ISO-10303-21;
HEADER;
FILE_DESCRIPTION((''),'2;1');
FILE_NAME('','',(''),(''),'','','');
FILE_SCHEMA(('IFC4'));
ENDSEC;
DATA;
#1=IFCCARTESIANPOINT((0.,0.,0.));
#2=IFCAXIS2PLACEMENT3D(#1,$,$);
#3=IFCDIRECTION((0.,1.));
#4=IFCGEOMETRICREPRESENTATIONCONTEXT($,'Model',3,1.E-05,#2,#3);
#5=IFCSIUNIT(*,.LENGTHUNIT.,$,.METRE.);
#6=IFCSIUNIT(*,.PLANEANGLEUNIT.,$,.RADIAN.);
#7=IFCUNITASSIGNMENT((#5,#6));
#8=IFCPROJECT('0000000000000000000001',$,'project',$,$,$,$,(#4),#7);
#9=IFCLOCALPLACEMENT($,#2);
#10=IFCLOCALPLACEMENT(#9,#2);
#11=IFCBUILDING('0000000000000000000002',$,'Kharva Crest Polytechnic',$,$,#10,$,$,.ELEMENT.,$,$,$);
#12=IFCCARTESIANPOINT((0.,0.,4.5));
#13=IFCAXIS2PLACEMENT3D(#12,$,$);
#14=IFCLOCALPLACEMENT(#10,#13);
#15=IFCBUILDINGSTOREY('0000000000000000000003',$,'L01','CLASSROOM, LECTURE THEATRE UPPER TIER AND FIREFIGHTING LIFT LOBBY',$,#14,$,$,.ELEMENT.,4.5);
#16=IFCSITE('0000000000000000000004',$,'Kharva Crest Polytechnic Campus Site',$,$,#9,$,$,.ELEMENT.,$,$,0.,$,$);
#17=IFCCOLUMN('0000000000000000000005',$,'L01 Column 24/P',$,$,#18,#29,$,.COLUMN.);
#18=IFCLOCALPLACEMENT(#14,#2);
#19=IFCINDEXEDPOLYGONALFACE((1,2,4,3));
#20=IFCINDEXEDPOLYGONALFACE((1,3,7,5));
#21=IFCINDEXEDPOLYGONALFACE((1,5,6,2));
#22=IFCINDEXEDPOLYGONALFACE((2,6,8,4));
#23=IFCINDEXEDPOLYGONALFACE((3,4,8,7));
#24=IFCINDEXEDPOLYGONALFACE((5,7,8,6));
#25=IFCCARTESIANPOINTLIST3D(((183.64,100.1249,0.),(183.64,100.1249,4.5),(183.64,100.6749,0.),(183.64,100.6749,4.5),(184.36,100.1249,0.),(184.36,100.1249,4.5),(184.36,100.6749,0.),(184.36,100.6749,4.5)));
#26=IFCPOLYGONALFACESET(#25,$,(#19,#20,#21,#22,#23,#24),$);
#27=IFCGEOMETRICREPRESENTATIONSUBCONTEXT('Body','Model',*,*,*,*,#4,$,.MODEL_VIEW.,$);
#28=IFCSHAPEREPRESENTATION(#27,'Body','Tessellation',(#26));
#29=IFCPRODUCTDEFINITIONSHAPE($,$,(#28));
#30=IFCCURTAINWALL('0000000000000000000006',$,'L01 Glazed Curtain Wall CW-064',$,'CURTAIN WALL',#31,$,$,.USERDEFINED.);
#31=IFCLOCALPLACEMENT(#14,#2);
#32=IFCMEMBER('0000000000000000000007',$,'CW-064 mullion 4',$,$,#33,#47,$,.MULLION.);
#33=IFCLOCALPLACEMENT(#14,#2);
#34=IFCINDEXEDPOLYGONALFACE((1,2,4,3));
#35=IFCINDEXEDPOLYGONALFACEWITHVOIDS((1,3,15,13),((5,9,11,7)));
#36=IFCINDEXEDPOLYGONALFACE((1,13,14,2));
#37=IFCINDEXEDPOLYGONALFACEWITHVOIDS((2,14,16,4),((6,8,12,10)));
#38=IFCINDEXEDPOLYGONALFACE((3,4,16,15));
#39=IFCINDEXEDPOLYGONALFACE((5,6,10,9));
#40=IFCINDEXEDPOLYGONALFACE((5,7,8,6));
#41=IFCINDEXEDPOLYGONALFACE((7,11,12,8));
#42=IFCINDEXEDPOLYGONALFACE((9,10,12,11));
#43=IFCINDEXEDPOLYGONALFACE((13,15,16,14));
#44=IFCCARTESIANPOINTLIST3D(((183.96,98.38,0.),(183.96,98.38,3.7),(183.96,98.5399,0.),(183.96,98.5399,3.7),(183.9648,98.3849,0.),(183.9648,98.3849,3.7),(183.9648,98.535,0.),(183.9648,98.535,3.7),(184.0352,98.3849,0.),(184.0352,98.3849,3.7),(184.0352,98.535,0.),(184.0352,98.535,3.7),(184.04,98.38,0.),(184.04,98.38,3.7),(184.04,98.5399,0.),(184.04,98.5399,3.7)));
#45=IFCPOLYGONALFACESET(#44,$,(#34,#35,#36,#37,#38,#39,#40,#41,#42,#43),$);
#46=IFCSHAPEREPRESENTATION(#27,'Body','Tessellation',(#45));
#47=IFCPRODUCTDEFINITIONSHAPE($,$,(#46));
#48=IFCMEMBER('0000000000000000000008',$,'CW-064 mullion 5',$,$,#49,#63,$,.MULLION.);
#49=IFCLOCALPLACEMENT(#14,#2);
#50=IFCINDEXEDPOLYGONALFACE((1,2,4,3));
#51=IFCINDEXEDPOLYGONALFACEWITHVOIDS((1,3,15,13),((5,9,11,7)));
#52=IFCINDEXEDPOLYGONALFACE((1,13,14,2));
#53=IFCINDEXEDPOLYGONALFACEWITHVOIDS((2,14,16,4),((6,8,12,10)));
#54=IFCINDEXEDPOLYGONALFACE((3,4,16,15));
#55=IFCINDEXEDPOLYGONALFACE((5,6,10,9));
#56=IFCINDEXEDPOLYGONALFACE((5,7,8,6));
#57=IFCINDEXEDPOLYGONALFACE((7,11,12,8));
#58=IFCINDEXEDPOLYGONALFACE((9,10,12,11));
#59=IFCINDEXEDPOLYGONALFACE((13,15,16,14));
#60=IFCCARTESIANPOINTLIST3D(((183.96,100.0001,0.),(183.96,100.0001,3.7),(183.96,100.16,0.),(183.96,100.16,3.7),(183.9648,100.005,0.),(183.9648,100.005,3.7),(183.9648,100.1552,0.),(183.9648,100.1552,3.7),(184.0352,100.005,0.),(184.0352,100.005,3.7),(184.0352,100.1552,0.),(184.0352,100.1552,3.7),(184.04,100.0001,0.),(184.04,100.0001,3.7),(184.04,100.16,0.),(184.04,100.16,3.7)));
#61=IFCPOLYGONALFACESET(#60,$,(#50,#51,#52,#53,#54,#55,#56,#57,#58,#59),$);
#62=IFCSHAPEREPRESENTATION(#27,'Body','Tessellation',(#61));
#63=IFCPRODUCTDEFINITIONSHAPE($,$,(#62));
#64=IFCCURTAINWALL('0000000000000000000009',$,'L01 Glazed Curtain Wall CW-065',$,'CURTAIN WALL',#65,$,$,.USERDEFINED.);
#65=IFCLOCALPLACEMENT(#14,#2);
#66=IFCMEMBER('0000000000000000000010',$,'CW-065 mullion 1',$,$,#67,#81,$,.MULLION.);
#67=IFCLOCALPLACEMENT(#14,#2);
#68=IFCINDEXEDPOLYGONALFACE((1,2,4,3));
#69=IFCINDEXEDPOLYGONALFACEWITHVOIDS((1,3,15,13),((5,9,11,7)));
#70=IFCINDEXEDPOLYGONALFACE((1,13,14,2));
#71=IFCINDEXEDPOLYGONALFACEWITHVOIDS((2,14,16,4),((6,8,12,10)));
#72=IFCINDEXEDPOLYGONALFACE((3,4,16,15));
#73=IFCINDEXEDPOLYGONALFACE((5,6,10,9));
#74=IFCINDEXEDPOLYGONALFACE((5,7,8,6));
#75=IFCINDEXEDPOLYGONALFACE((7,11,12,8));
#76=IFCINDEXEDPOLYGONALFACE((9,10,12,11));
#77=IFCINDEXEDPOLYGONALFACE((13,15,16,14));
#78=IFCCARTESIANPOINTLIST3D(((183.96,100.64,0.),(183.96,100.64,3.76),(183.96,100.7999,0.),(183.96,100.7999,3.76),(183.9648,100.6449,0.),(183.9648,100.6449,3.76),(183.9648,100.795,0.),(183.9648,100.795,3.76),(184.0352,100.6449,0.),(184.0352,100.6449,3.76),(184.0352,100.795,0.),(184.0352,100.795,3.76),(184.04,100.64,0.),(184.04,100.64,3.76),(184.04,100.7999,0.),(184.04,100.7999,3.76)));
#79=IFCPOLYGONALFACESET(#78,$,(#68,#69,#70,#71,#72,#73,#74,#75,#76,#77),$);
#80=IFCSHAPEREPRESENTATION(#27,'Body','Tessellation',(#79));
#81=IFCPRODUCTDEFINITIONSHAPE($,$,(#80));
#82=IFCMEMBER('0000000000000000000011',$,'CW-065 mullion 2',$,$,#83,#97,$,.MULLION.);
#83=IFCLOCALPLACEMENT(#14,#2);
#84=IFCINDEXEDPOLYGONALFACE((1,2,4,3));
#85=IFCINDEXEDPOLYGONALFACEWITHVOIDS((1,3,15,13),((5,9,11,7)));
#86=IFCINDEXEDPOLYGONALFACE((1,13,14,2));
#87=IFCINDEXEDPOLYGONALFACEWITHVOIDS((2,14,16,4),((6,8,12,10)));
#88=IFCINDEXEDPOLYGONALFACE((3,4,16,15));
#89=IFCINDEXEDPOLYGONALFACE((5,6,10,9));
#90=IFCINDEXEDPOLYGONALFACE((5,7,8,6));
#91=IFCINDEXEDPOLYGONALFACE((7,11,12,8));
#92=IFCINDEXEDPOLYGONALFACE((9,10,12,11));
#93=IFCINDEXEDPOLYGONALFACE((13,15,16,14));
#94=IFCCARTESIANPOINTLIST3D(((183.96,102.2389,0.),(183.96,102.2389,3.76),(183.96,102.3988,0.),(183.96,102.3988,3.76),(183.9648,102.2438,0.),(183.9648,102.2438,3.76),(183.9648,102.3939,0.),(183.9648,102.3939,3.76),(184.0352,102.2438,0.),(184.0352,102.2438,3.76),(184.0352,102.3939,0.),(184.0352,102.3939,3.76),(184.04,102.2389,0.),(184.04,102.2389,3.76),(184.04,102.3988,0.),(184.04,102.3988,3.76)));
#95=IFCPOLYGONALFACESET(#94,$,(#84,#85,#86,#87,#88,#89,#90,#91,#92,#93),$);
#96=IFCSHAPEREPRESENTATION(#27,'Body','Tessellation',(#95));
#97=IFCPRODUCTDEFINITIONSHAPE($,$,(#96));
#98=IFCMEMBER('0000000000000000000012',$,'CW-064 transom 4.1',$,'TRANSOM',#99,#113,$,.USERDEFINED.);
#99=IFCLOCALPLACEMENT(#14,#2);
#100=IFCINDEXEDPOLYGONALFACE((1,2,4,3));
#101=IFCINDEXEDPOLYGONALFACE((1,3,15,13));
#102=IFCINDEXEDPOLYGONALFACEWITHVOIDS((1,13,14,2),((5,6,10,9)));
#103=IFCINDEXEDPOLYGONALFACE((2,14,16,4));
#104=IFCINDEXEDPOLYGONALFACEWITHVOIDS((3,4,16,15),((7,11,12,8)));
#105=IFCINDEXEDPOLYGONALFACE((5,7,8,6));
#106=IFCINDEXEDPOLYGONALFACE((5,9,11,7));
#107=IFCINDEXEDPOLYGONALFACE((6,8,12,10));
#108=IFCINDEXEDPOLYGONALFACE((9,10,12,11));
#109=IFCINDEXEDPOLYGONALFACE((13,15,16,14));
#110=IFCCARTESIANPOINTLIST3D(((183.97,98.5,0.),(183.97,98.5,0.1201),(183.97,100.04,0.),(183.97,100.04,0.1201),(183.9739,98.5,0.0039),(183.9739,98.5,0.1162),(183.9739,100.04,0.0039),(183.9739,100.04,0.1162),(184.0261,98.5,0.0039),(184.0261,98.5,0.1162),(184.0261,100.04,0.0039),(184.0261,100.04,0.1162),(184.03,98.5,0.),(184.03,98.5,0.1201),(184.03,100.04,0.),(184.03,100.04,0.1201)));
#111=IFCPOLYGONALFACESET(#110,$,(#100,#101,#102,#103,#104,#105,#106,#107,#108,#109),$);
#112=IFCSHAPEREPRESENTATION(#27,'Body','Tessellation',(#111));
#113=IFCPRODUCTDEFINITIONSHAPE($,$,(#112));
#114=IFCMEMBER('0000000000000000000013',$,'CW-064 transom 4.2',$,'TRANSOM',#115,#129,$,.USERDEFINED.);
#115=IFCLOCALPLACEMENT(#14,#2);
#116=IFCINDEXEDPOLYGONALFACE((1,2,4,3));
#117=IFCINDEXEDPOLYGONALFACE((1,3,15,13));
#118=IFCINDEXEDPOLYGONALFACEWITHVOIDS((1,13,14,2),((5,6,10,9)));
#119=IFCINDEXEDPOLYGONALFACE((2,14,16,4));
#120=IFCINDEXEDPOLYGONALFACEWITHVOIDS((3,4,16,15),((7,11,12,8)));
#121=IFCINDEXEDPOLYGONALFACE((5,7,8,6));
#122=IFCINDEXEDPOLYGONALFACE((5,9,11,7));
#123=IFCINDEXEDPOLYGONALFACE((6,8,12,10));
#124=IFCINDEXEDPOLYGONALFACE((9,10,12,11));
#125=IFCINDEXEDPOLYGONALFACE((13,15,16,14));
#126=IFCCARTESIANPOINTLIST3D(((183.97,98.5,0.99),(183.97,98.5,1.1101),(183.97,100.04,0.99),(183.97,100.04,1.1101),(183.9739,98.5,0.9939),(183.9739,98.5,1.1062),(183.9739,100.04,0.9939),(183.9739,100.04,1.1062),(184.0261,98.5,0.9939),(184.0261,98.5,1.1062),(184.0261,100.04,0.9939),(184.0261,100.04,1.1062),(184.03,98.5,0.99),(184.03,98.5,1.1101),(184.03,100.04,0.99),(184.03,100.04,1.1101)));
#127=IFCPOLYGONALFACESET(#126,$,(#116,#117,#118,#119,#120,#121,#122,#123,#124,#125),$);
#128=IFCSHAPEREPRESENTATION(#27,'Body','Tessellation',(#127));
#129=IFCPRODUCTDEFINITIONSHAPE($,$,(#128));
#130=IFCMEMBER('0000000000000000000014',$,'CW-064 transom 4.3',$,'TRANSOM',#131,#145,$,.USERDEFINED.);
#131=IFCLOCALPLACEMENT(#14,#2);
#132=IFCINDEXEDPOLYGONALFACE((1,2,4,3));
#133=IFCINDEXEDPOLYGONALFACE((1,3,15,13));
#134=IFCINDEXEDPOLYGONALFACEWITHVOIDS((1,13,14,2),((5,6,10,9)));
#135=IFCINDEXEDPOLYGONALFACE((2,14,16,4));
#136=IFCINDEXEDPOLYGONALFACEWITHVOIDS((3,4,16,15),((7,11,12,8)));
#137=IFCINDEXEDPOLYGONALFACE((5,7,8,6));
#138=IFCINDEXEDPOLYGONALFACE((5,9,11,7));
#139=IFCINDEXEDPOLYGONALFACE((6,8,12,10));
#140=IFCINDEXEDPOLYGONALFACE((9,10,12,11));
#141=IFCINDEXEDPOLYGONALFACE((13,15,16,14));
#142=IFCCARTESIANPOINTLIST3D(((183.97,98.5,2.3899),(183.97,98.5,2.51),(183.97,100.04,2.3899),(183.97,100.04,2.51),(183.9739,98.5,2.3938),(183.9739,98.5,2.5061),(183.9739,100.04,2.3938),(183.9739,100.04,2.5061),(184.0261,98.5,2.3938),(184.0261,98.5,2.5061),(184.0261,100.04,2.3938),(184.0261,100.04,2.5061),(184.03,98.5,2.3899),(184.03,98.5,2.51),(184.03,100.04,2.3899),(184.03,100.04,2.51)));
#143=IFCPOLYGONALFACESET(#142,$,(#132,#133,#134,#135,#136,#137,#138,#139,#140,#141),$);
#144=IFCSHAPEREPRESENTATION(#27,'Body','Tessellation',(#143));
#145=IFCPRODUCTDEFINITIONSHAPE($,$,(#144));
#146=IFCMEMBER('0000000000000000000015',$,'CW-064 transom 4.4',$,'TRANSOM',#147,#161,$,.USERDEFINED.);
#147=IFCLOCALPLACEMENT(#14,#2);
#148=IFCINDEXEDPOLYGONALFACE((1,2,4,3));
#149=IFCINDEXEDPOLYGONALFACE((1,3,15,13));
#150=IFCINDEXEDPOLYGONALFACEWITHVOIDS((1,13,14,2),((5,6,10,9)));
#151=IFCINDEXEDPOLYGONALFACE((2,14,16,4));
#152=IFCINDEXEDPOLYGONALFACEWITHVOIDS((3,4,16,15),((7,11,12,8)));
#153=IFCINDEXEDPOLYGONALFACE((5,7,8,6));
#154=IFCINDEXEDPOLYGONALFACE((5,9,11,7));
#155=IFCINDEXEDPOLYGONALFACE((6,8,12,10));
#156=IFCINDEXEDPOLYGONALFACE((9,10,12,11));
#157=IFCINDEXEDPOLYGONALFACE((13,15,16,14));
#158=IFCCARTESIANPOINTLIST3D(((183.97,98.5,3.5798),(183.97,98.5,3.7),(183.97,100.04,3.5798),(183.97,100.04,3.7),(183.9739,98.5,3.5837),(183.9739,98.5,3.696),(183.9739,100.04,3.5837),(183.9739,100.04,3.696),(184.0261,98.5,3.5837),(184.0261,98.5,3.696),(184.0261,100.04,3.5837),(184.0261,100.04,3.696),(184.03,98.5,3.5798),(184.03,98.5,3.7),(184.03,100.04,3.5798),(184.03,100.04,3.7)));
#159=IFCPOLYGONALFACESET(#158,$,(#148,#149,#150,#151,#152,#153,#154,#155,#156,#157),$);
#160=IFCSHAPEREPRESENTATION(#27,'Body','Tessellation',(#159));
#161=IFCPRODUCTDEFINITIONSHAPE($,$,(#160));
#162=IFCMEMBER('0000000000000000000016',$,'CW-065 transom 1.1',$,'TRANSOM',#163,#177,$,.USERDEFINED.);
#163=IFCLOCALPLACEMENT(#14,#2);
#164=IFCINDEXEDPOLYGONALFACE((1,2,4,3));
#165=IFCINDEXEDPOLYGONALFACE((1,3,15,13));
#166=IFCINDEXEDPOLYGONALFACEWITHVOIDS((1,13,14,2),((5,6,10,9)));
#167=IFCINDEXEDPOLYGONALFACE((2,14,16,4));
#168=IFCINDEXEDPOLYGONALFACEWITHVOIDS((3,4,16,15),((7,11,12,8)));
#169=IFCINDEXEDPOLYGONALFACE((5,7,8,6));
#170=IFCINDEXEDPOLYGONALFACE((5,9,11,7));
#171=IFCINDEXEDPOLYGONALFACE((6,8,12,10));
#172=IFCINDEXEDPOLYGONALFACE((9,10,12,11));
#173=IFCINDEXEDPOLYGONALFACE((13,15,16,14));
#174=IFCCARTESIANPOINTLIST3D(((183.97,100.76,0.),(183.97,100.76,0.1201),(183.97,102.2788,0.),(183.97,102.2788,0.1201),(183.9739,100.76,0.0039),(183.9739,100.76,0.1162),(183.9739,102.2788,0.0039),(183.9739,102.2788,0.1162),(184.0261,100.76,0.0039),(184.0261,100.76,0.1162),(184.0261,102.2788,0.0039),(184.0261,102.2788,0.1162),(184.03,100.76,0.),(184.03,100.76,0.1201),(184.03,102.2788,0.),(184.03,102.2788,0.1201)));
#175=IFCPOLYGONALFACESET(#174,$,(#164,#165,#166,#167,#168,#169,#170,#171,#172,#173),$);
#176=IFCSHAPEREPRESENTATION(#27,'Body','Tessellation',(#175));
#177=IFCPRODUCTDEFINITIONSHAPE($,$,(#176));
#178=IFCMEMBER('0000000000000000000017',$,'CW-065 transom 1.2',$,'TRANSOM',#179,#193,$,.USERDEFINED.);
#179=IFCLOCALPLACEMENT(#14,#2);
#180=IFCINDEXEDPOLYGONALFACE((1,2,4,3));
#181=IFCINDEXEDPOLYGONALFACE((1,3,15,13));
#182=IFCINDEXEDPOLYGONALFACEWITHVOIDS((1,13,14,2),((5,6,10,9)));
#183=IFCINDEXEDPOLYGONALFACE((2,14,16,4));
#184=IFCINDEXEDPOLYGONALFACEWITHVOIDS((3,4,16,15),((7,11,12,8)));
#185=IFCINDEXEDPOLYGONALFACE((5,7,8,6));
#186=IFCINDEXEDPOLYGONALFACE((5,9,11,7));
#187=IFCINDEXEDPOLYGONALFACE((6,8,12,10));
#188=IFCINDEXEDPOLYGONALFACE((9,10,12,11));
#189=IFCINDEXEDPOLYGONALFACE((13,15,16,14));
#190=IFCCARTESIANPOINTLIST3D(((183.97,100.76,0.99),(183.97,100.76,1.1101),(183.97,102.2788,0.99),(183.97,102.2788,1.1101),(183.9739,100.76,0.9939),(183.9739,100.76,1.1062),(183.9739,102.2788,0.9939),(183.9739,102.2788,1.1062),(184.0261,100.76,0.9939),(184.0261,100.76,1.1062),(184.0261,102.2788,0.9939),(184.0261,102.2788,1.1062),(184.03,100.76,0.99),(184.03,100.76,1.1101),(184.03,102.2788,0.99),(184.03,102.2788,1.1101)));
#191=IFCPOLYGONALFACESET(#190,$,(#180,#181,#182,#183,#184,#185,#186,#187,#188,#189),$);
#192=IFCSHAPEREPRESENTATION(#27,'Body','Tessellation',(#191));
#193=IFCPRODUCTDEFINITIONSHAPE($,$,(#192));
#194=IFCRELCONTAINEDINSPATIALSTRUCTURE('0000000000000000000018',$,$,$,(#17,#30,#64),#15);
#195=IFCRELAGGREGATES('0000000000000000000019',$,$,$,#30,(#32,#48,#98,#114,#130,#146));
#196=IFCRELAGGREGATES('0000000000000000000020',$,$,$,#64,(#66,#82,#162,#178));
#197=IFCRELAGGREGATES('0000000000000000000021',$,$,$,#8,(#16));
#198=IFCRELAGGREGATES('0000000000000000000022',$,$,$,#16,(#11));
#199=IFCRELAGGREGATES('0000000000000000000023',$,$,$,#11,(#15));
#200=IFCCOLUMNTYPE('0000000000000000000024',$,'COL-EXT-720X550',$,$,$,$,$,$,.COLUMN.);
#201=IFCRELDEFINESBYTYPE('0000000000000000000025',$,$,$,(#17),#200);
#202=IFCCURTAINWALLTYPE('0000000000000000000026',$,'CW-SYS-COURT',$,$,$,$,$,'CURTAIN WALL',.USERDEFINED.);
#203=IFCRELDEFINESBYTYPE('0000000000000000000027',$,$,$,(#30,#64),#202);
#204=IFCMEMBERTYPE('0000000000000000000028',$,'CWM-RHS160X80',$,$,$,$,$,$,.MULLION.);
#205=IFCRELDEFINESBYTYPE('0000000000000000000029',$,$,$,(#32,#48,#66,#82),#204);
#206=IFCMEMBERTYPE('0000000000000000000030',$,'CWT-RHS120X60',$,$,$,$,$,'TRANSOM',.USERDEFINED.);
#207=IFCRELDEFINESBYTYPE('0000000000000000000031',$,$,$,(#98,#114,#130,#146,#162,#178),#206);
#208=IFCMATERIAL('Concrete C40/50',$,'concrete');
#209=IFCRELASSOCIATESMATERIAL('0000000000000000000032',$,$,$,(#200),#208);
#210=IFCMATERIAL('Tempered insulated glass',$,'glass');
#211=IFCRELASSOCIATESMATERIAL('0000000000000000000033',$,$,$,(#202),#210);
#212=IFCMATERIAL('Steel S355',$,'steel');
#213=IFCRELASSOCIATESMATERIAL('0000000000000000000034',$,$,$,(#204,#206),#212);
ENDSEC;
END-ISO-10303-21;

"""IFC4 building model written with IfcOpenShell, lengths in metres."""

from ifc_helpers import new_model, si_unit, direction, frame, origin, origin_2d, place, context, subcontext, project, spatial, rectangle, hollow_rectangle, extrude, material, material_profile, profile_set, type_object, element, aggregate, save


model = new_model("IFC4")

# Units and contexts
model_context = context("Model", 3, precision=1e-05, world=origin(), true_north=direction((0.0, 1.0)))
body_context = subcontext(model_context, "Body", "Model", "MODEL_VIEW")
ifc_project = project(units=[si_unit("LENGTHUNIT", "METRE"), si_unit("PLANEANGLEUNIT", "RADIAN")], contexts=[model_context])

# Site, building, storey
site_placement = place(None, origin())
site = spatial("IfcSite", under=ifc_project, at=site_placement, Name="Kharva Crest Polytechnic Campus Site", CompositionType="ELEMENT", RefElevation=0.0)
building_placement = place(site_placement, origin())
building = spatial("IfcBuilding", under=site, at=building_placement, Name="Kharva Crest Polytechnic", CompositionType="ELEMENT")
storey_placement = place(building_placement, frame((0.0, 0.0, 4.5)))
storey = spatial("IfcBuildingStorey", under=building, at=storey_placement, Name="L01", Description="CLASSROOM, LECTURE THEATRE UPPER TIER AND FIREFIGHTING LIFT LOBBY", CompositionType="ELEMENT", Elevation=4.5)

# Column
ifc_material_1 = material(Name="Concrete C40/50", Category="concrete")
ifc_material_profile_1 = material_profile(ifc_material_1, rectangle(XDim=0.72, YDim=0.55, at=origin_2d()), Name="RECT 720 X 550")
ifc_profile_set_1 = profile_set([ifc_material_profile_1], Name="Concrete C40/50")
column_type = type_object("IfcColumnType", Name="COL-EXT-720X550", PredefinedType="COLUMN", material=ifc_profile_set_1)
column_placement = place(storey_placement, frame((184.0, 100.3999, 0.0), z_axis=(0.0, 0.0, 1.0), x_axis=(1.0, 0.0, 0.0)))
element("IfcColumn", 1, at=column_placement, inside=storey, type_object=column_type, Name="L01 Column 24/P", PredefinedType="COLUMN", context=body_context, shape_type="SweptSolid", body=[
    extrude(rectangle(XDim=0.72, YDim=0.55, at=origin_2d()), origin(), (0.0, 0.0, 1.0), 4.5),
])

# Curtain walls, members
ifc_material_2 = material(Name="Tempered insulated glass", Category="glass")
curtain_wall_type = type_object("IfcCurtainWallType", Name="CW-SYS-COURT", ElementType="CURTAIN WALL", PredefinedType="USERDEFINED", material=ifc_material_2)
curtain_wall_1_placement = place(storey_placement, origin())
curtain_wall_1 = element("IfcCurtainWall", 2, at=curtain_wall_1_placement, inside=storey, type_object=curtain_wall_type, Name="L01 Glazed Curtain Wall CW-064", ObjectType="CURTAIN WALL", PredefinedType="USERDEFINED")
ifc_material_3 = material(Name="Steel S355", Category="steel")
ifc_material_profile_2 = material_profile(ifc_material_3, hollow_rectangle(XDim=0.0801, YDim=0.1599, WallThickness=0.0049, at=origin_2d()), Name="RHS 160X80X5.0")
ifc_profile_set_2 = profile_set([ifc_material_profile_2], Name="Steel S355")
member_type_1 = type_object("IfcMemberType", Name="CWM-RHS160X80", PredefinedType="MULLION", material=ifc_profile_set_2)
member_1_placement = place(storey_placement, frame((184.0, 98.46, 0.0), z_axis=(0.0, 0.0, 1.0), x_axis=(-1.0, 0.0, 0.0)))
member_1 = element("IfcMember", 3, at=member_1_placement, type_object=member_type_1, Name="CW-064 mullion 4", PredefinedType="MULLION", context=body_context, shape_type="SweptSolid", body=[
    extrude(hollow_rectangle(XDim=0.0801, YDim=0.1599, WallThickness=0.0049, at=origin_2d()), origin(), (0.0, 0.0, 1.0), 3.7),
])
member_2_placement = place(storey_placement, frame((184.0, 100.0801, 0.0), z_axis=(0.0, 0.0, 1.0), x_axis=(-1.0, 0.0, 0.0)))
member_2 = element("IfcMember", 4, at=member_2_placement, type_object=member_type_1, Name="CW-064 mullion 5", PredefinedType="MULLION", context=body_context, shape_type="SweptSolid", body=[
    extrude(hollow_rectangle(XDim=0.0801, YDim=0.1599, WallThickness=0.0049, at=origin_2d()), origin(), (0.0, 0.0, 1.0), 3.7),
])
curtain_wall_2_placement = place(storey_placement, origin())
curtain_wall_2 = element("IfcCurtainWall", 5, at=curtain_wall_2_placement, inside=storey, type_object=curtain_wall_type, Name="L01 Glazed Curtain Wall CW-065", ObjectType="CURTAIN WALL", PredefinedType="USERDEFINED")
member_3_placement = place(storey_placement, frame((184.0, 100.72, 0.0), z_axis=(0.0, 0.0, 1.0), x_axis=(-1.0, 0.0, 0.0)))
member_3 = element("IfcMember", 6, at=member_3_placement, type_object=member_type_1, Name="CW-065 mullion 1", PredefinedType="MULLION", context=body_context, shape_type="SweptSolid", body=[
    extrude(hollow_rectangle(XDim=0.0801, YDim=0.1599, WallThickness=0.0049, at=origin_2d()), origin(), (0.0, 0.0, 1.0), 3.76),
])
member_4_placement = place(storey_placement, frame((184.0, 102.3188, 0.0), z_axis=(0.0, 0.0, 1.0), x_axis=(-1.0, 0.0, 0.0)))
member_4 = element("IfcMember", 7, at=member_4_placement, type_object=member_type_1, Name="CW-065 mullion 2", PredefinedType="MULLION", context=body_context, shape_type="SweptSolid", body=[
    extrude(hollow_rectangle(XDim=0.0801, YDim=0.1599, WallThickness=0.0049, at=origin_2d()), origin(), (0.0, 0.0, 1.0), 3.76),
])

# Members
ifc_material_profile_3 = material_profile(ifc_material_3, hollow_rectangle(XDim=0.0601, YDim=0.1201, WallThickness=0.0039, at=origin_2d()), Name="RHS 120X60X4.0")
ifc_profile_set_3 = profile_set([ifc_material_profile_3], Name="Steel S355")
member_type_2 = type_object("IfcMemberType", Name="CWT-RHS120X60", ElementType="TRANSOM", PredefinedType="USERDEFINED", material=ifc_profile_set_3)
member_5_placement = place(storey_placement, frame((184.0, 98.5, 0.0601), z_axis=(0.0, 1.0, 0.0), x_axis=(-1.0, 0.0, 0.0)))
member_5 = element("IfcMember", 8, at=member_5_placement, type_object=member_type_2, Name="CW-064 transom 4.1", ObjectType="TRANSOM", PredefinedType="USERDEFINED", context=body_context, shape_type="SweptSolid", body=[
    extrude(hollow_rectangle(XDim=0.0601, YDim=0.1201, WallThickness=0.0039, at=origin_2d()), origin(), (0.0, 0.0, 1.0), 1.54),
])
member_6_placement = place(storey_placement, frame((184.0, 98.5, 1.05), z_axis=(0.0, 1.0, 0.0), x_axis=(-1.0, 0.0, 0.0)))
member_6 = element("IfcMember", 9, at=member_6_placement, type_object=member_type_2, Name="CW-064 transom 4.2", ObjectType="TRANSOM", PredefinedType="USERDEFINED", context=body_context, shape_type="SweptSolid", body=[
    extrude(hollow_rectangle(XDim=0.0601, YDim=0.1201, WallThickness=0.0039, at=origin_2d()), origin(), (0.0, 0.0, 1.0), 1.54),
])
member_7_placement = place(storey_placement, frame((184.0, 98.5, 2.45), z_axis=(0.0, 1.0, 0.0), x_axis=(-1.0, 0.0, 0.0)))
member_7 = element("IfcMember", 10, at=member_7_placement, type_object=member_type_2, Name="CW-064 transom 4.3", ObjectType="TRANSOM", PredefinedType="USERDEFINED", context=body_context, shape_type="SweptSolid", body=[
    extrude(hollow_rectangle(XDim=0.0601, YDim=0.1201, WallThickness=0.0039, at=origin_2d()), origin(), (0.0, 0.0, 1.0), 1.54),
])
member_8_placement = place(storey_placement, frame((184.0, 98.5, 3.6399), z_axis=(0.0, 1.0, 0.0), x_axis=(-1.0, 0.0, 0.0)))
member_8 = element("IfcMember", 11, at=member_8_placement, type_object=member_type_2, Name="CW-064 transom 4.4", ObjectType="TRANSOM", PredefinedType="USERDEFINED", context=body_context, shape_type="SweptSolid", body=[
    extrude(hollow_rectangle(XDim=0.0601, YDim=0.1201, WallThickness=0.0039, at=origin_2d()), origin(), (0.0, 0.0, 1.0), 1.54),
])
member_9_placement = place(storey_placement, frame((184.0, 100.76, 0.0601), z_axis=(0.0, 1.0, 0.0), x_axis=(-1.0, 0.0, 0.0)))
member_9 = element("IfcMember", 12, at=member_9_placement, type_object=member_type_2, Name="CW-065 transom 1.1", ObjectType="TRANSOM", PredefinedType="USERDEFINED", context=body_context, shape_type="SweptSolid", body=[
    extrude(hollow_rectangle(XDim=0.0601, YDim=0.1201, WallThickness=0.0039, at=origin_2d()), origin(), (0.0, 0.0, 1.0), 1.5188),
])
member_10_placement = place(storey_placement, frame((184.0, 100.76, 1.05), z_axis=(0.0, 1.0, 0.0), x_axis=(-1.0, 0.0, 0.0)))
member_10 = element("IfcMember", 13, at=member_10_placement, type_object=member_type_2, Name="CW-065 transom 1.2", ObjectType="TRANSOM", PredefinedType="USERDEFINED", context=body_context, shape_type="SweptSolid", body=[
    extrude(hollow_rectangle(XDim=0.0601, YDim=0.1201, WallThickness=0.0039, at=origin_2d()), origin(), (0.0, 0.0, 1.0), 1.5188),
])

aggregate(curtain_wall_1, [member_1, member_2, member_5, member_6, member_7, member_8])
aggregate(curtain_wall_2, [member_3, member_4, member_9, member_10])

save(model, "model.ifc")
